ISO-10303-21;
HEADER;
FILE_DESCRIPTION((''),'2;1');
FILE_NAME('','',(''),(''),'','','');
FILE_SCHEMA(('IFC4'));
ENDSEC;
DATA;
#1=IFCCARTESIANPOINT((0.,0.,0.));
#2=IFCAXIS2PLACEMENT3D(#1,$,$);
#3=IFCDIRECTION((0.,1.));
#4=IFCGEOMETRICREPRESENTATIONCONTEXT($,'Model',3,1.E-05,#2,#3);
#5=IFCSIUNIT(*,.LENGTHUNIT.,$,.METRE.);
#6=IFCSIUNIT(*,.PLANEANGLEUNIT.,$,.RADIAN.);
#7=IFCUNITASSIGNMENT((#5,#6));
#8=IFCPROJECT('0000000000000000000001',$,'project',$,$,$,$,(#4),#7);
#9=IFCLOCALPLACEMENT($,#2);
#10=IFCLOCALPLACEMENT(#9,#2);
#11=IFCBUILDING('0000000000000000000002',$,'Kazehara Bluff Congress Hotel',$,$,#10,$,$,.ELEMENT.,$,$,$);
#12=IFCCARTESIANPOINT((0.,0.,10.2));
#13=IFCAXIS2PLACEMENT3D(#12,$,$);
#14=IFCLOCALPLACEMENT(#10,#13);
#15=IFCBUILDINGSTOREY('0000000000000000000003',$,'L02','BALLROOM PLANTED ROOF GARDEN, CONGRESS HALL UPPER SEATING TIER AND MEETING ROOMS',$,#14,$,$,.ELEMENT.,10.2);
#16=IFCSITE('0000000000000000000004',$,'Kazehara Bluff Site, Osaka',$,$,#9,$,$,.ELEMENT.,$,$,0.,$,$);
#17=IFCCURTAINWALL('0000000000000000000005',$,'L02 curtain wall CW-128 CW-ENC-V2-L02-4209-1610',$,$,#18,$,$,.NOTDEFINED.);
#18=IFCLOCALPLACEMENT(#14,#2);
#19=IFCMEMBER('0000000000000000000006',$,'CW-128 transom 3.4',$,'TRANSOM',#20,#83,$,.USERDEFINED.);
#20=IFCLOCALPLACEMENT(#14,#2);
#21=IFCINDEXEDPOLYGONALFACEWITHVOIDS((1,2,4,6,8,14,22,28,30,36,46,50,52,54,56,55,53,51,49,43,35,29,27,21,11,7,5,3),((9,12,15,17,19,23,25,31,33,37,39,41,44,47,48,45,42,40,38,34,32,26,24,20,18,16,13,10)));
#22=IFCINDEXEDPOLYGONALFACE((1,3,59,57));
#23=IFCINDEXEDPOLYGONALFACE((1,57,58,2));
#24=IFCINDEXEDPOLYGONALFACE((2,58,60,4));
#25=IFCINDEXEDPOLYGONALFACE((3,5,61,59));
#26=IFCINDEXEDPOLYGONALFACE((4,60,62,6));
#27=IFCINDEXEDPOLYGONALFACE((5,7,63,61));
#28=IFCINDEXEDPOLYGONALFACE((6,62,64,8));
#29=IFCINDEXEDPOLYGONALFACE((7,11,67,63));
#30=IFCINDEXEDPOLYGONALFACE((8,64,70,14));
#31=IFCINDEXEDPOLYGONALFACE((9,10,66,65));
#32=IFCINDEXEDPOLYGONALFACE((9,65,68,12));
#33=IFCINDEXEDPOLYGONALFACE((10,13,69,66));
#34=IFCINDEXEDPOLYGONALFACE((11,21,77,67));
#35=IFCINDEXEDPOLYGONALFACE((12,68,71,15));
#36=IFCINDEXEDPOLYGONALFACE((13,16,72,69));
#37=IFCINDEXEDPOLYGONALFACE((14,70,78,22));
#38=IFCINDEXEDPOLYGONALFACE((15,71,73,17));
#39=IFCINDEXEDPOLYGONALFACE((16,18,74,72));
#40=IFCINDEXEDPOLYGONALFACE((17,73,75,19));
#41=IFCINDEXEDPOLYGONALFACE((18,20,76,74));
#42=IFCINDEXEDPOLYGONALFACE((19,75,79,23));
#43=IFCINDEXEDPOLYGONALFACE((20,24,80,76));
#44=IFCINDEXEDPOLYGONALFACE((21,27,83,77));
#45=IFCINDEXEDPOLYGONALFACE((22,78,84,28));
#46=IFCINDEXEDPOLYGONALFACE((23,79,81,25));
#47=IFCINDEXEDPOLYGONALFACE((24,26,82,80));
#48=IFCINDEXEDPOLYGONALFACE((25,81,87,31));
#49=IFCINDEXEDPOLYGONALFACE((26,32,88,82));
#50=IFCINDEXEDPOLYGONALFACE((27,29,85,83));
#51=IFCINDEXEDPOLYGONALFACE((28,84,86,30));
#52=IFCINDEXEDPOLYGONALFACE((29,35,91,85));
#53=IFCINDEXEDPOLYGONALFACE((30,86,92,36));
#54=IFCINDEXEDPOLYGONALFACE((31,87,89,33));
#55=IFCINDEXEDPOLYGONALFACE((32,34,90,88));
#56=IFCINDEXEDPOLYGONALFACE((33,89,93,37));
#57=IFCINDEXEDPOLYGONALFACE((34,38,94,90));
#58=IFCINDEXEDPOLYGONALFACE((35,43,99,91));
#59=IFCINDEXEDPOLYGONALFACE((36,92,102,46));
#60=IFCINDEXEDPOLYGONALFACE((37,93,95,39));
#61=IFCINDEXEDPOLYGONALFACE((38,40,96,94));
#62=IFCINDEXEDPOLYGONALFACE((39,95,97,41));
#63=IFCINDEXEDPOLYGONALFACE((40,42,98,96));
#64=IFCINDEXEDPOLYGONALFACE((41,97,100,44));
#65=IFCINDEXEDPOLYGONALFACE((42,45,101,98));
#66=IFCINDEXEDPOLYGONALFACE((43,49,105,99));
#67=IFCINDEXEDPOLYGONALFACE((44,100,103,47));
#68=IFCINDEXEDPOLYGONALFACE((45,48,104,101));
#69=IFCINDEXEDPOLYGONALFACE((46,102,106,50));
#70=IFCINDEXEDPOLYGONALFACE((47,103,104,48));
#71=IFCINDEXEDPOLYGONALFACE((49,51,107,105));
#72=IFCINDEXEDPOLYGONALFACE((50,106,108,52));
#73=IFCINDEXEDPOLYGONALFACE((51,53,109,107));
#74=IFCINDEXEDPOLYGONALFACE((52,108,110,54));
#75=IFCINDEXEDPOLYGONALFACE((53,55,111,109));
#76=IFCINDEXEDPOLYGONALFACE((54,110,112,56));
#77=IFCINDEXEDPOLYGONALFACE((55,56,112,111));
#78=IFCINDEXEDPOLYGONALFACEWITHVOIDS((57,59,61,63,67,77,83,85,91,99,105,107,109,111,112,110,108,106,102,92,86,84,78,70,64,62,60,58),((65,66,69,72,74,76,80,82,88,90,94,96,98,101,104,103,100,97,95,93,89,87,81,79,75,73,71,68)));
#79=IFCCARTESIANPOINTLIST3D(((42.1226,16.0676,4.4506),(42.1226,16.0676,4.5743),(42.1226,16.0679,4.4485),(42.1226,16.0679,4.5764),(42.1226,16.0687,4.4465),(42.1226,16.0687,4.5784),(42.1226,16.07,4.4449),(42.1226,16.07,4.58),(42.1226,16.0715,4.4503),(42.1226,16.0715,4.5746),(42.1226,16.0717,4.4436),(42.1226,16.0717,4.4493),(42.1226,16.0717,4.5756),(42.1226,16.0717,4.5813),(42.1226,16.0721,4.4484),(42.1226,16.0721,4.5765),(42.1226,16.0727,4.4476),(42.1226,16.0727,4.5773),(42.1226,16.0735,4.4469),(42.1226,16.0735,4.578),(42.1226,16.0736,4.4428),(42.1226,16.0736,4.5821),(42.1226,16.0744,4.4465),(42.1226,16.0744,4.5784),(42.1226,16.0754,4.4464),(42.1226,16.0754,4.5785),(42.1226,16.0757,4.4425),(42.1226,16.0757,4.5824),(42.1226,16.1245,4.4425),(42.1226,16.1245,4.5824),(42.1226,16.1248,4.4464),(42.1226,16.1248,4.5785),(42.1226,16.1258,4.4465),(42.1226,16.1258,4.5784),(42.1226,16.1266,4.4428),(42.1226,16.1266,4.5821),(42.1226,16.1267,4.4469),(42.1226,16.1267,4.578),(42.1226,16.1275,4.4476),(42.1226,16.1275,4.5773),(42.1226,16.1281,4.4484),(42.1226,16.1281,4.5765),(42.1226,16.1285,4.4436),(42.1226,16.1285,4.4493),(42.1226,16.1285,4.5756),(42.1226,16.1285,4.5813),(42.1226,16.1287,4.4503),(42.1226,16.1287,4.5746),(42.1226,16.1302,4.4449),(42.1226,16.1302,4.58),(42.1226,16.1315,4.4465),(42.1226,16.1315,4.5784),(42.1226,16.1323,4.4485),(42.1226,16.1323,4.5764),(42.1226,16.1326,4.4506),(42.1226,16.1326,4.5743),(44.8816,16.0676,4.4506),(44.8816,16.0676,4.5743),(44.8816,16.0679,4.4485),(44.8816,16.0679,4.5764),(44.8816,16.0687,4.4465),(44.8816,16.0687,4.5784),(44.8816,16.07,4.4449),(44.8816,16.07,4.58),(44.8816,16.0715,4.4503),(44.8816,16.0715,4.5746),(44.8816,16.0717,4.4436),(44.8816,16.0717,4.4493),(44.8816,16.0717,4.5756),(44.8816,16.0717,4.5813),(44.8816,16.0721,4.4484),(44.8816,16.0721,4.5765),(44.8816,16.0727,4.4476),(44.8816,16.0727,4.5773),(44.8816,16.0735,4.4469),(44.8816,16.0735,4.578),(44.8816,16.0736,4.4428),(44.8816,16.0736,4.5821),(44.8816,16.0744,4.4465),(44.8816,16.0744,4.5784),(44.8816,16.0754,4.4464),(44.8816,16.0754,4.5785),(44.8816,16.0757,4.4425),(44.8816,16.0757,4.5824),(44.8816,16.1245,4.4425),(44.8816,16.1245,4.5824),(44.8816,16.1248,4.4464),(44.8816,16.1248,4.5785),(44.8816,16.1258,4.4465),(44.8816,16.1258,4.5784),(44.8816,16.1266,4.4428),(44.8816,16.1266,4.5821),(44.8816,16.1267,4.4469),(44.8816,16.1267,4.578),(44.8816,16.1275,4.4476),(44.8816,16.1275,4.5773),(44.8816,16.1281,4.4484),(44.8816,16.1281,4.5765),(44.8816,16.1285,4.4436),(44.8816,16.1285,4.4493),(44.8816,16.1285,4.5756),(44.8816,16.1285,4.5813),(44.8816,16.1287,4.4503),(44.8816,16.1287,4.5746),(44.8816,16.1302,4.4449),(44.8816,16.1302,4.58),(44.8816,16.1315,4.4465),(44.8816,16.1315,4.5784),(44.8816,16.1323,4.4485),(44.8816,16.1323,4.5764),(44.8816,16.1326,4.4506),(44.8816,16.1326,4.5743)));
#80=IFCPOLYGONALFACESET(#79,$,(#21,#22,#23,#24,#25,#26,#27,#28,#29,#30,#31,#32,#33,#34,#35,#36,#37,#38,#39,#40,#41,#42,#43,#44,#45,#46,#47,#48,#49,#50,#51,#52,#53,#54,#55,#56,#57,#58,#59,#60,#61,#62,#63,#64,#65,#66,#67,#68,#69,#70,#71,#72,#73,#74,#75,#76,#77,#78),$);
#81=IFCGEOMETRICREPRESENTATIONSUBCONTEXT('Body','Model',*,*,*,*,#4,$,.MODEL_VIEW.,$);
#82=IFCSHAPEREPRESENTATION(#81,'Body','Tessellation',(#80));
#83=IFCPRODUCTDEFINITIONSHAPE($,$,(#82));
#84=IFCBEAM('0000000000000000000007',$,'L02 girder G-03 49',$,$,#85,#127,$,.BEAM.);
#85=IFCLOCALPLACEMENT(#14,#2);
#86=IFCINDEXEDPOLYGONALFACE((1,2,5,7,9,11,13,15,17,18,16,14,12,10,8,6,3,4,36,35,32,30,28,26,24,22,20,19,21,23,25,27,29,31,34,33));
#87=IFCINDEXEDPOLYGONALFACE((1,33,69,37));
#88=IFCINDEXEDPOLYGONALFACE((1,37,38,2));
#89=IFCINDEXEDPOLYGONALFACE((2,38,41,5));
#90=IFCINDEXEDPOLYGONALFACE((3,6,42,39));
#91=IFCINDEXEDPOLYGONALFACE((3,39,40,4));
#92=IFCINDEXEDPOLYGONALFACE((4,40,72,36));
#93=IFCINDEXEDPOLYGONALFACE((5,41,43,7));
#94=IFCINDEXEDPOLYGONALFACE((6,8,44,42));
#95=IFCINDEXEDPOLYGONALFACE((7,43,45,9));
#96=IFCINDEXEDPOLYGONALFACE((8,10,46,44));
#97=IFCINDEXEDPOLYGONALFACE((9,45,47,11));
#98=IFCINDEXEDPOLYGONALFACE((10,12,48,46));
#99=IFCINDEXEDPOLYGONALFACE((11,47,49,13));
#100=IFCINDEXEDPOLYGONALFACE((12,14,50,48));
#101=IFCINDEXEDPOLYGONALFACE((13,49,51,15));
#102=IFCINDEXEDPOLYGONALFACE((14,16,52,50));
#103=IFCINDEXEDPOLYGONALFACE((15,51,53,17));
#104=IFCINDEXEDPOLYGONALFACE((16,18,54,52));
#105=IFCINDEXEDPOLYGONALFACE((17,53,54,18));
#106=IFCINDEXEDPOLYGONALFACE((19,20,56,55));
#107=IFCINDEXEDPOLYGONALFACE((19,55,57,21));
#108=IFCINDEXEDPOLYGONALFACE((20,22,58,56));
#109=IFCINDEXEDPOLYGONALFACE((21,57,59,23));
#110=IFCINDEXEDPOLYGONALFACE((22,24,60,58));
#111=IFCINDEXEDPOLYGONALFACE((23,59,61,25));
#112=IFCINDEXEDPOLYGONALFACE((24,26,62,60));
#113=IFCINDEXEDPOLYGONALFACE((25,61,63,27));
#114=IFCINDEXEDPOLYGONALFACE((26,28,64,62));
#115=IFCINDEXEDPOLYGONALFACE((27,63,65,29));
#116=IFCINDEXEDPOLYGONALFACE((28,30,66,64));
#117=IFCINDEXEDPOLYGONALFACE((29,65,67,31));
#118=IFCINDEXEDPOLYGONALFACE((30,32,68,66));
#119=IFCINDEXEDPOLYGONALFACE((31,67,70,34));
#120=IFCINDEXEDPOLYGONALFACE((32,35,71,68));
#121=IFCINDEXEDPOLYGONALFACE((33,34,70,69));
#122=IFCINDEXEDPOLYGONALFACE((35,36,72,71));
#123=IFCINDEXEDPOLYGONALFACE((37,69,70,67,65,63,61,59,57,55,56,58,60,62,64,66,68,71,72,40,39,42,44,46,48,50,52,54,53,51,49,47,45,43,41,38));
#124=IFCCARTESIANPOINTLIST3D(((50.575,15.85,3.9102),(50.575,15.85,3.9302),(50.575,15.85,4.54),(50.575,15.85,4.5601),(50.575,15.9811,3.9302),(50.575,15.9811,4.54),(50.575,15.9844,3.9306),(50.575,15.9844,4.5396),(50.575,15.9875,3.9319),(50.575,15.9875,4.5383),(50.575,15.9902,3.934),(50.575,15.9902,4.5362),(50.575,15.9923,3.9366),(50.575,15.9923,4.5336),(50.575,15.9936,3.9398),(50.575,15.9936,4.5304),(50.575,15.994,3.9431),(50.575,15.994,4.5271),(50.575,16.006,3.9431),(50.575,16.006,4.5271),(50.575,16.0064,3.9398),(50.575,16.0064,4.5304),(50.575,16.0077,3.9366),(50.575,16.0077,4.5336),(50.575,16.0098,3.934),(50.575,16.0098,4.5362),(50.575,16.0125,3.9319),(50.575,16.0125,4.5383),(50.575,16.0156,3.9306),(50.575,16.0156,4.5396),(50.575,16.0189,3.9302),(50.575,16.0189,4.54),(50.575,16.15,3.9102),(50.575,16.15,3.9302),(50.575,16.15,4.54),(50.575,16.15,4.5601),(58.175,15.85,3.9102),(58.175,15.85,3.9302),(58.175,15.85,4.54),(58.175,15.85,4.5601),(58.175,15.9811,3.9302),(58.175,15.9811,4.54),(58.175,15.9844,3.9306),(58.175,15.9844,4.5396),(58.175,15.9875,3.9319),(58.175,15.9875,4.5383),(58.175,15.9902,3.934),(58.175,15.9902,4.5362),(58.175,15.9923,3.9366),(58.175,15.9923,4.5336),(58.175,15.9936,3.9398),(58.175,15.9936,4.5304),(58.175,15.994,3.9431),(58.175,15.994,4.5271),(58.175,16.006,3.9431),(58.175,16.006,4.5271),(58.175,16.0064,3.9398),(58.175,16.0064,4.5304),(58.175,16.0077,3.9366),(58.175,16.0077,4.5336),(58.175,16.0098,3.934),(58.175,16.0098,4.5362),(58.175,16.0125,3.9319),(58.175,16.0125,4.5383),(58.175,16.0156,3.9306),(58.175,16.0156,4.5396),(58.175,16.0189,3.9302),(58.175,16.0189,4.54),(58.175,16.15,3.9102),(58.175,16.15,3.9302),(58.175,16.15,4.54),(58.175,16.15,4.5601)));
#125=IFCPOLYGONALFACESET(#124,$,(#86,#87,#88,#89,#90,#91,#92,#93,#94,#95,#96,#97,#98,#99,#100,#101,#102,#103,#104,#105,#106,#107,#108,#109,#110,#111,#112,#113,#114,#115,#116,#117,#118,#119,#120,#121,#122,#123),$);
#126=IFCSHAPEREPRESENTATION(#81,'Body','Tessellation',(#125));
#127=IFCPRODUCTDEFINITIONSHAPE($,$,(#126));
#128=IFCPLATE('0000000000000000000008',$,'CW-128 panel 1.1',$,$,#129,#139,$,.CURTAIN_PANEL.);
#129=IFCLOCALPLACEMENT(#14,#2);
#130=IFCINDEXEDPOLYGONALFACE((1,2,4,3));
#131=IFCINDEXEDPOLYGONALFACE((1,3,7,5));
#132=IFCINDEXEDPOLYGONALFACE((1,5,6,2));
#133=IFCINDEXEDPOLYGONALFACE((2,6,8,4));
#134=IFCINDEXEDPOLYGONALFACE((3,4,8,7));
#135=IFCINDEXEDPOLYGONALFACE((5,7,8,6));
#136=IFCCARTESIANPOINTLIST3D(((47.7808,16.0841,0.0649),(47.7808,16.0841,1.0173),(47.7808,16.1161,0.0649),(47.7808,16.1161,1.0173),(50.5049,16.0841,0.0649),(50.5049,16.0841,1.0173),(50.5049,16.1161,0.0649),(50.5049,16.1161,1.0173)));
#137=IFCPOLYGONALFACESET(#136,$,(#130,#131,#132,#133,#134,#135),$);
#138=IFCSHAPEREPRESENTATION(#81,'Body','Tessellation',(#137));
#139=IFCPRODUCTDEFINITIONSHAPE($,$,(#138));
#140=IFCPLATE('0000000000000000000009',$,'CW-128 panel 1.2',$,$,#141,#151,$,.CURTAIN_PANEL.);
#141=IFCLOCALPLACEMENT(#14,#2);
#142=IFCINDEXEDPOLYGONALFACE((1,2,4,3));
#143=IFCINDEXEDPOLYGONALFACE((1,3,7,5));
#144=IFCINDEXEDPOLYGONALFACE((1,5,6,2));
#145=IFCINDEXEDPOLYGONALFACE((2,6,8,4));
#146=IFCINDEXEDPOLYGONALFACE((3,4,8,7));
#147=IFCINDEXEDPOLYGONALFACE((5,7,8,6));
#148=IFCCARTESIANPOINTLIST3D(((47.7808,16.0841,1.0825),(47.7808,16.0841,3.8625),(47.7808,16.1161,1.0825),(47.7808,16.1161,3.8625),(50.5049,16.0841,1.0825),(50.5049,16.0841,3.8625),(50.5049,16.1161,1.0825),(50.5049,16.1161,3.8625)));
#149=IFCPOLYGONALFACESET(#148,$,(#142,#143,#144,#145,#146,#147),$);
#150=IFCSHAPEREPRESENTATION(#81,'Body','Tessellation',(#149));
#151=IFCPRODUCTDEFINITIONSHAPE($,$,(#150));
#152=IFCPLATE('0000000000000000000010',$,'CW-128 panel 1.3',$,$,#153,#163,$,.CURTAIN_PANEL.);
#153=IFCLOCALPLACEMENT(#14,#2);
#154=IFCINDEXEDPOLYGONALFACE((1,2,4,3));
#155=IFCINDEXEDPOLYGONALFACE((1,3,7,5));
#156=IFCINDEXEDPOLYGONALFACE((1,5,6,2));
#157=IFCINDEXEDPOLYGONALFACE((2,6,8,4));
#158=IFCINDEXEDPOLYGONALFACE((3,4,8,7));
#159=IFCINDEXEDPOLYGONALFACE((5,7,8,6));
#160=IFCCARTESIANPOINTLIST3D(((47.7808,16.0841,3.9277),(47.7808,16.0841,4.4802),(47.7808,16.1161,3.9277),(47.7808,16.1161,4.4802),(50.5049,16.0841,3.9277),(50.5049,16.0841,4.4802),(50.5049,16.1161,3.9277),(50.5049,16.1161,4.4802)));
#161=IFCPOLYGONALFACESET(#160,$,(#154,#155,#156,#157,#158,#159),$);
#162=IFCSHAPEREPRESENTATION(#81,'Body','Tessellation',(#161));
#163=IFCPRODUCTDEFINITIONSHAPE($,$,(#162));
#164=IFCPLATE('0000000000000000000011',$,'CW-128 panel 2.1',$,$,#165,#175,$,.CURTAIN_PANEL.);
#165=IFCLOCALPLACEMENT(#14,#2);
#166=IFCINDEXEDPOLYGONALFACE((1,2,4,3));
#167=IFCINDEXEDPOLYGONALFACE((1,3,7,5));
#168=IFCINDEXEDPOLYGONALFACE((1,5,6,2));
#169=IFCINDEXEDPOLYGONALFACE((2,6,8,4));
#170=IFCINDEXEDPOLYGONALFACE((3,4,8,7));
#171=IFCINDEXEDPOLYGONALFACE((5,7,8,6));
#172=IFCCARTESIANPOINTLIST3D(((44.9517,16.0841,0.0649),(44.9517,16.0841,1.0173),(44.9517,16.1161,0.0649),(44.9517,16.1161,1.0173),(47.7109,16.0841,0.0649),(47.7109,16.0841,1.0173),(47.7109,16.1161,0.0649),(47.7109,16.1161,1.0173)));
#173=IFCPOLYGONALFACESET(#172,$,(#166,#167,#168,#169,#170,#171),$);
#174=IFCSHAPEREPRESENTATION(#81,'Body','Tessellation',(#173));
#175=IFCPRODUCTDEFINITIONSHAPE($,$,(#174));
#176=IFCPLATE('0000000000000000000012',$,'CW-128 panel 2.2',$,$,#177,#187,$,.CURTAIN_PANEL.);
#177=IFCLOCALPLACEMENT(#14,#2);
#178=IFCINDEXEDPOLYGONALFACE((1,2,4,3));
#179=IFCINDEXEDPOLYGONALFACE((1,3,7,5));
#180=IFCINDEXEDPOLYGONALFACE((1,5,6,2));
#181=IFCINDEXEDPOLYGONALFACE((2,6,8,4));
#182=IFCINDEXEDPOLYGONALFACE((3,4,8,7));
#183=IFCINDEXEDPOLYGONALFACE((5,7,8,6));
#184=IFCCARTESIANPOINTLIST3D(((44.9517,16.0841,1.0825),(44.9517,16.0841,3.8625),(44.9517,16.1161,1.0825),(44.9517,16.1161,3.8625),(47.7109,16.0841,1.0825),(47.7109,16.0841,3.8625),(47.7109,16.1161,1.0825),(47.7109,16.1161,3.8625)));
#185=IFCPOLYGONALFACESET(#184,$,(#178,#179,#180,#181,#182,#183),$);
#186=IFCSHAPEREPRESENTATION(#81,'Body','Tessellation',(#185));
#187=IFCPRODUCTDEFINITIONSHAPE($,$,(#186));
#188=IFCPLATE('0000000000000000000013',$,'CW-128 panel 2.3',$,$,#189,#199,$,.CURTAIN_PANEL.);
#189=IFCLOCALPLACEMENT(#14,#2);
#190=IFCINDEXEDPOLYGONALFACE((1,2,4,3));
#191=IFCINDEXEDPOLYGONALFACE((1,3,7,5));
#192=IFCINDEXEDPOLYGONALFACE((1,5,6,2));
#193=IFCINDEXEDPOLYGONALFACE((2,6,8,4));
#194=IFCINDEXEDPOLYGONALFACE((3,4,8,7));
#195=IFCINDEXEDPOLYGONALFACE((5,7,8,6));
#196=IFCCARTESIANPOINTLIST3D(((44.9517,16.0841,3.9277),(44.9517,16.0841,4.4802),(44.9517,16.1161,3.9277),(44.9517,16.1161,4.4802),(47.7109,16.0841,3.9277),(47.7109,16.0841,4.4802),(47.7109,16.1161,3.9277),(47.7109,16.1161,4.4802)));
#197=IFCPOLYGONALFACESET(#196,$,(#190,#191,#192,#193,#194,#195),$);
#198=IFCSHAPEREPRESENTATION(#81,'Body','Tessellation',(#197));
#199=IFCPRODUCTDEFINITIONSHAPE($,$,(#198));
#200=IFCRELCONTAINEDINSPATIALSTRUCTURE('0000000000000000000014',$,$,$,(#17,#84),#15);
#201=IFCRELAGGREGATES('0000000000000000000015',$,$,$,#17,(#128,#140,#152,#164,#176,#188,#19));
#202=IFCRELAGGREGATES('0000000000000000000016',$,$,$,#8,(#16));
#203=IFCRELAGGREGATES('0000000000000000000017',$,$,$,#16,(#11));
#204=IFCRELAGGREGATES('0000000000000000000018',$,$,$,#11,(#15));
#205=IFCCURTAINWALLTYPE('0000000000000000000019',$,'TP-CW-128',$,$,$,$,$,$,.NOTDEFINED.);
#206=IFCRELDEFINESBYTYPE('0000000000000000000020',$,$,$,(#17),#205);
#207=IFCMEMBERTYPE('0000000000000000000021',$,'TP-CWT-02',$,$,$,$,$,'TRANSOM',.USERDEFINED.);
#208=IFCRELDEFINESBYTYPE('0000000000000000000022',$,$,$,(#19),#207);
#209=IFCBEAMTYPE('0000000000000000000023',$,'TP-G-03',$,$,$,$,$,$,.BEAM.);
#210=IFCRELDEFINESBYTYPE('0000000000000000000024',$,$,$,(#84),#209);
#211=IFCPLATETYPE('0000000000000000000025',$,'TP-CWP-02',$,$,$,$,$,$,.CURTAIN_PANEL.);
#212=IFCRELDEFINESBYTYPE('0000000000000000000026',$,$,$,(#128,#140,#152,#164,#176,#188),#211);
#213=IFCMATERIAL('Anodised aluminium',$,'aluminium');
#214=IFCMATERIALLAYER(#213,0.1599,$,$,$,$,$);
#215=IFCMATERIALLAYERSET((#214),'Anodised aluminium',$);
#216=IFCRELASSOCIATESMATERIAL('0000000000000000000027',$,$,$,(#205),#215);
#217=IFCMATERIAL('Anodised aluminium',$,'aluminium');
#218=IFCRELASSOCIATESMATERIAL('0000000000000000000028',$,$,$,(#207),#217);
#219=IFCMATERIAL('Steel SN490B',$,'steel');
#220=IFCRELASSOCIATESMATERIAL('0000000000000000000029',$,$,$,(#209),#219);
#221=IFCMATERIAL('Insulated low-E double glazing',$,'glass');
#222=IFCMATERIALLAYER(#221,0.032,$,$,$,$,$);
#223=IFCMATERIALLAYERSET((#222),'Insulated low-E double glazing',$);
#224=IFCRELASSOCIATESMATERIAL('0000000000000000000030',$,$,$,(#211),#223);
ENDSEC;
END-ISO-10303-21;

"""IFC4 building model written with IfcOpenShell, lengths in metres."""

from ifc_helpers import new_model, si_unit, direction, frame, origin, origin_2d, place, context, subcontext, project, spatial, rectangle, hollow_rectangle, i_section, extrude, material, layer, layer_set, material_profile, profile_set, type_object, element, aggregate, save


model = new_model("IFC4")

# Units and contexts
model_context = context("Model", 3, precision=1e-05, world=origin(), true_north=direction((0.0, 1.0)))
body_context = subcontext(model_context, "Body", "Model", "MODEL_VIEW")
ifc_project = project(units=[si_unit("LENGTHUNIT", "METRE"), si_unit("PLANEANGLEUNIT", "RADIAN")], contexts=[model_context])

# Site, building, storey
site_placement = place(None, origin())
site = spatial("IfcSite", under=ifc_project, at=site_placement, Name="Kazehara Bluff Site, Osaka", CompositionType="ELEMENT", RefElevation=0.0)
building_placement = place(site_placement, origin())
building = spatial("IfcBuilding", under=site, at=building_placement, Name="Kazehara Bluff Congress Hotel", CompositionType="ELEMENT")
storey_placement = place(building_placement, frame((0.0, 0.0, 10.2)))
storey = spatial("IfcBuildingStorey", under=building, at=storey_placement, Name="L02", Description="BALLROOM PLANTED ROOF GARDEN, CONGRESS HALL UPPER SEATING TIER AND MEETING ROOMS", CompositionType="ELEMENT", Elevation=10.2)

# Curtain wall, member
ifc_material_1 = material(Name="Anodised aluminium", Category="aluminium")
ifc_layer_1 = layer(ifc_material_1, 0.1599)
ifc_layer_set_1 = layer_set([ifc_layer_1], Name="Anodised aluminium")
curtain_wall_type = type_object("IfcCurtainWallType", Name="TP-CW-128", PredefinedType="NOTDEFINED", material=ifc_layer_set_1)
curtain_wall_placement = place(storey_placement, origin())
curtain_wall = element("IfcCurtainWall", 1, at=curtain_wall_placement, inside=storey, type_object=curtain_wall_type, Name="L02 curtain wall CW-128 CW-ENC-V2-L02-4209-1610", PredefinedType="NOTDEFINED")
ifc_material_2 = material(Name="Anodised aluminium", Category="aluminium")
ifc_material_profile_1 = material_profile(ifc_material_2, hollow_rectangle(XDim=0.0649, YDim=0.1399, WallThickness=0.0039, InnerFilletRadius=0.0039, OuterFilletRadius=0.0081, at=origin_2d()))
ifc_profile_set_1 = profile_set([ifc_material_profile_1], Name="Anodised aluminium")
member_type_1 = type_object("IfcMemberType", Name="TP-CWT-02", ElementType="TRANSOM", PredefinedType="USERDEFINED", material=ifc_profile_set_1)
member_1_placement = place(storey_placement, frame((44.8816, 16.1001, 4.5125), z_axis=(-1.0, 0.0, 0.0), x_axis=(0.0, -1.0, 0.0)))
member_1 = element("IfcMember", 2, at=member_1_placement, type_object=member_type_1, Name="CW-128 transom 3.4", ObjectType="TRANSOM", PredefinedType="USERDEFINED", context=body_context, shape_type="SweptSolid", body=[
    extrude(hollow_rectangle(XDim=0.0649, YDim=0.1399, WallThickness=0.0039, InnerFilletRadius=0.0039, OuterFilletRadius=0.0081, at=origin_2d()), origin(), (0.0, 0.0, 1.0), 2.759),
])

# Beam
ifc_material_3 = material(Name="Steel SN490B", Category="steel")
ifc_material_profile_2 = material_profile(ifc_material_3, i_section(OverallWidth=0.3, OverallDepth=0.6499, WebThickness=0.012, FlangeThickness=0.02, FilletRadius=0.0129, at=origin_2d()))
ifc_profile_set_2 = profile_set([ifc_material_profile_2], Name="Steel SN490B")
beam_type = type_object("IfcBeamType", Name="TP-G-03", PredefinedType="BEAM", material=ifc_profile_set_2)
beam_placement = place(storey_placement, frame((50.575, 16.0, 4.2351), z_axis=(1.0, 0.0, 0.0), x_axis=(0.0, 1.0, 0.0)))
element("IfcBeam", 3, at=beam_placement, inside=storey, type_object=beam_type, Name="L02 girder G-03 49", PredefinedType="BEAM", context=body_context, shape_type="SweptSolid", body=[
    extrude(i_section(OverallWidth=0.3, OverallDepth=0.6499, WebThickness=0.012, FlangeThickness=0.02, FilletRadius=0.0129, at=origin_2d()), origin(), (0.0, 0.0, 1.0), 7.6001),
])

# Plates
ifc_material_4 = material(Name="Insulated low-E double glazing", Category="glass")
ifc_layer_2 = layer(ifc_material_4, 0.032)
ifc_layer_set_2 = layer_set([ifc_layer_2], Name="Insulated low-E double glazing")
plate_type = type_object("IfcPlateType", Name="TP-CWP-02", PredefinedType="CURTAIN_PANEL", material=ifc_layer_set_2)
plate_1_placement = place(storey_placement, frame((49.1428, 16.1001, 0.0649), z_axis=(0.0, 0.0, 1.0), x_axis=(-1.0, 0.0, 0.0)))
plate_1 = element("IfcPlate", 4, at=plate_1_placement, type_object=plate_type, Name="CW-128 panel 1.1", PredefinedType="CURTAIN_PANEL", context=body_context, shape_type="SweptSolid", body=[
    extrude(rectangle(XDim=2.7241, YDim=0.032, at=origin_2d()), origin(), (0.0, 0.0, 1.0), 0.9524),
])
plate_2_placement = place(storey_placement, frame((49.1428, 16.1001, 1.0825), z_axis=(0.0, 0.0, 1.0), x_axis=(-1.0, 0.0, 0.0)))
plate_2 = element("IfcPlate", 5, at=plate_2_placement, type_object=plate_type, Name="CW-128 panel 1.2", PredefinedType="CURTAIN_PANEL", context=body_context, shape_type="SweptSolid", body=[
    extrude(rectangle(XDim=2.7241, YDim=0.032, at=origin_2d()), origin(), (0.0, 0.0, 1.0), 2.78),
])
plate_3_placement = place(storey_placement, frame((49.1428, 16.1001, 3.9277), z_axis=(0.0, 0.0, 1.0), x_axis=(-1.0, 0.0, 0.0)))
plate_3 = element("IfcPlate", 6, at=plate_3_placement, type_object=plate_type, Name="CW-128 panel 1.3", PredefinedType="CURTAIN_PANEL", context=body_context, shape_type="SweptSolid", body=[
    extrude(rectangle(XDim=2.7241, YDim=0.032, at=origin_2d()), origin(), (0.0, 0.0, 1.0), 0.5525),
])
plate_4_placement = place(storey_placement, frame((46.3313, 16.1001, 0.0649), z_axis=(0.0, 0.0, 1.0), x_axis=(-1.0, 0.0, 0.0)))
plate_4 = element("IfcPlate", 7, at=plate_4_placement, type_object=plate_type, Name="CW-128 panel 2.1", PredefinedType="CURTAIN_PANEL", context=body_context, shape_type="SweptSolid", body=[
    extrude(rectangle(XDim=2.7593, YDim=0.032, at=origin_2d()), origin(), (0.0, 0.0, 1.0), 0.9524),
])
plate_5_placement = place(storey_placement, frame((46.3313, 16.1001, 1.0825), z_axis=(0.0, 0.0, 1.0), x_axis=(-1.0, 0.0, 0.0)))
plate_5 = element("IfcPlate", 8, at=plate_5_placement, type_object=plate_type, Name="CW-128 panel 2.2", PredefinedType="CURTAIN_PANEL", context=body_context, shape_type="SweptSolid", body=[
    extrude(rectangle(XDim=2.7593, YDim=0.032, at=origin_2d()), origin(), (0.0, 0.0, 1.0), 2.78),
])
plate_6_placement = place(storey_placement, frame((46.3313, 16.1001, 3.9277), z_axis=(0.0, 0.0, 1.0), x_axis=(-1.0, 0.0, 0.0)))
plate_6 = element("IfcPlate", 9, at=plate_6_placement, type_object=plate_type, Name="CW-128 panel 2.3", PredefinedType="CURTAIN_PANEL", context=body_context, shape_type="SweptSolid", body=[
    extrude(rectangle(XDim=2.7593, YDim=0.032, at=origin_2d()), origin(), (0.0, 0.0, 1.0), 0.5525),
])
aggregate(curtain_wall, [plate_1, plate_2, plate_3, plate_4, plate_5, plate_6, member_1])

save(model, "model.ifc")
